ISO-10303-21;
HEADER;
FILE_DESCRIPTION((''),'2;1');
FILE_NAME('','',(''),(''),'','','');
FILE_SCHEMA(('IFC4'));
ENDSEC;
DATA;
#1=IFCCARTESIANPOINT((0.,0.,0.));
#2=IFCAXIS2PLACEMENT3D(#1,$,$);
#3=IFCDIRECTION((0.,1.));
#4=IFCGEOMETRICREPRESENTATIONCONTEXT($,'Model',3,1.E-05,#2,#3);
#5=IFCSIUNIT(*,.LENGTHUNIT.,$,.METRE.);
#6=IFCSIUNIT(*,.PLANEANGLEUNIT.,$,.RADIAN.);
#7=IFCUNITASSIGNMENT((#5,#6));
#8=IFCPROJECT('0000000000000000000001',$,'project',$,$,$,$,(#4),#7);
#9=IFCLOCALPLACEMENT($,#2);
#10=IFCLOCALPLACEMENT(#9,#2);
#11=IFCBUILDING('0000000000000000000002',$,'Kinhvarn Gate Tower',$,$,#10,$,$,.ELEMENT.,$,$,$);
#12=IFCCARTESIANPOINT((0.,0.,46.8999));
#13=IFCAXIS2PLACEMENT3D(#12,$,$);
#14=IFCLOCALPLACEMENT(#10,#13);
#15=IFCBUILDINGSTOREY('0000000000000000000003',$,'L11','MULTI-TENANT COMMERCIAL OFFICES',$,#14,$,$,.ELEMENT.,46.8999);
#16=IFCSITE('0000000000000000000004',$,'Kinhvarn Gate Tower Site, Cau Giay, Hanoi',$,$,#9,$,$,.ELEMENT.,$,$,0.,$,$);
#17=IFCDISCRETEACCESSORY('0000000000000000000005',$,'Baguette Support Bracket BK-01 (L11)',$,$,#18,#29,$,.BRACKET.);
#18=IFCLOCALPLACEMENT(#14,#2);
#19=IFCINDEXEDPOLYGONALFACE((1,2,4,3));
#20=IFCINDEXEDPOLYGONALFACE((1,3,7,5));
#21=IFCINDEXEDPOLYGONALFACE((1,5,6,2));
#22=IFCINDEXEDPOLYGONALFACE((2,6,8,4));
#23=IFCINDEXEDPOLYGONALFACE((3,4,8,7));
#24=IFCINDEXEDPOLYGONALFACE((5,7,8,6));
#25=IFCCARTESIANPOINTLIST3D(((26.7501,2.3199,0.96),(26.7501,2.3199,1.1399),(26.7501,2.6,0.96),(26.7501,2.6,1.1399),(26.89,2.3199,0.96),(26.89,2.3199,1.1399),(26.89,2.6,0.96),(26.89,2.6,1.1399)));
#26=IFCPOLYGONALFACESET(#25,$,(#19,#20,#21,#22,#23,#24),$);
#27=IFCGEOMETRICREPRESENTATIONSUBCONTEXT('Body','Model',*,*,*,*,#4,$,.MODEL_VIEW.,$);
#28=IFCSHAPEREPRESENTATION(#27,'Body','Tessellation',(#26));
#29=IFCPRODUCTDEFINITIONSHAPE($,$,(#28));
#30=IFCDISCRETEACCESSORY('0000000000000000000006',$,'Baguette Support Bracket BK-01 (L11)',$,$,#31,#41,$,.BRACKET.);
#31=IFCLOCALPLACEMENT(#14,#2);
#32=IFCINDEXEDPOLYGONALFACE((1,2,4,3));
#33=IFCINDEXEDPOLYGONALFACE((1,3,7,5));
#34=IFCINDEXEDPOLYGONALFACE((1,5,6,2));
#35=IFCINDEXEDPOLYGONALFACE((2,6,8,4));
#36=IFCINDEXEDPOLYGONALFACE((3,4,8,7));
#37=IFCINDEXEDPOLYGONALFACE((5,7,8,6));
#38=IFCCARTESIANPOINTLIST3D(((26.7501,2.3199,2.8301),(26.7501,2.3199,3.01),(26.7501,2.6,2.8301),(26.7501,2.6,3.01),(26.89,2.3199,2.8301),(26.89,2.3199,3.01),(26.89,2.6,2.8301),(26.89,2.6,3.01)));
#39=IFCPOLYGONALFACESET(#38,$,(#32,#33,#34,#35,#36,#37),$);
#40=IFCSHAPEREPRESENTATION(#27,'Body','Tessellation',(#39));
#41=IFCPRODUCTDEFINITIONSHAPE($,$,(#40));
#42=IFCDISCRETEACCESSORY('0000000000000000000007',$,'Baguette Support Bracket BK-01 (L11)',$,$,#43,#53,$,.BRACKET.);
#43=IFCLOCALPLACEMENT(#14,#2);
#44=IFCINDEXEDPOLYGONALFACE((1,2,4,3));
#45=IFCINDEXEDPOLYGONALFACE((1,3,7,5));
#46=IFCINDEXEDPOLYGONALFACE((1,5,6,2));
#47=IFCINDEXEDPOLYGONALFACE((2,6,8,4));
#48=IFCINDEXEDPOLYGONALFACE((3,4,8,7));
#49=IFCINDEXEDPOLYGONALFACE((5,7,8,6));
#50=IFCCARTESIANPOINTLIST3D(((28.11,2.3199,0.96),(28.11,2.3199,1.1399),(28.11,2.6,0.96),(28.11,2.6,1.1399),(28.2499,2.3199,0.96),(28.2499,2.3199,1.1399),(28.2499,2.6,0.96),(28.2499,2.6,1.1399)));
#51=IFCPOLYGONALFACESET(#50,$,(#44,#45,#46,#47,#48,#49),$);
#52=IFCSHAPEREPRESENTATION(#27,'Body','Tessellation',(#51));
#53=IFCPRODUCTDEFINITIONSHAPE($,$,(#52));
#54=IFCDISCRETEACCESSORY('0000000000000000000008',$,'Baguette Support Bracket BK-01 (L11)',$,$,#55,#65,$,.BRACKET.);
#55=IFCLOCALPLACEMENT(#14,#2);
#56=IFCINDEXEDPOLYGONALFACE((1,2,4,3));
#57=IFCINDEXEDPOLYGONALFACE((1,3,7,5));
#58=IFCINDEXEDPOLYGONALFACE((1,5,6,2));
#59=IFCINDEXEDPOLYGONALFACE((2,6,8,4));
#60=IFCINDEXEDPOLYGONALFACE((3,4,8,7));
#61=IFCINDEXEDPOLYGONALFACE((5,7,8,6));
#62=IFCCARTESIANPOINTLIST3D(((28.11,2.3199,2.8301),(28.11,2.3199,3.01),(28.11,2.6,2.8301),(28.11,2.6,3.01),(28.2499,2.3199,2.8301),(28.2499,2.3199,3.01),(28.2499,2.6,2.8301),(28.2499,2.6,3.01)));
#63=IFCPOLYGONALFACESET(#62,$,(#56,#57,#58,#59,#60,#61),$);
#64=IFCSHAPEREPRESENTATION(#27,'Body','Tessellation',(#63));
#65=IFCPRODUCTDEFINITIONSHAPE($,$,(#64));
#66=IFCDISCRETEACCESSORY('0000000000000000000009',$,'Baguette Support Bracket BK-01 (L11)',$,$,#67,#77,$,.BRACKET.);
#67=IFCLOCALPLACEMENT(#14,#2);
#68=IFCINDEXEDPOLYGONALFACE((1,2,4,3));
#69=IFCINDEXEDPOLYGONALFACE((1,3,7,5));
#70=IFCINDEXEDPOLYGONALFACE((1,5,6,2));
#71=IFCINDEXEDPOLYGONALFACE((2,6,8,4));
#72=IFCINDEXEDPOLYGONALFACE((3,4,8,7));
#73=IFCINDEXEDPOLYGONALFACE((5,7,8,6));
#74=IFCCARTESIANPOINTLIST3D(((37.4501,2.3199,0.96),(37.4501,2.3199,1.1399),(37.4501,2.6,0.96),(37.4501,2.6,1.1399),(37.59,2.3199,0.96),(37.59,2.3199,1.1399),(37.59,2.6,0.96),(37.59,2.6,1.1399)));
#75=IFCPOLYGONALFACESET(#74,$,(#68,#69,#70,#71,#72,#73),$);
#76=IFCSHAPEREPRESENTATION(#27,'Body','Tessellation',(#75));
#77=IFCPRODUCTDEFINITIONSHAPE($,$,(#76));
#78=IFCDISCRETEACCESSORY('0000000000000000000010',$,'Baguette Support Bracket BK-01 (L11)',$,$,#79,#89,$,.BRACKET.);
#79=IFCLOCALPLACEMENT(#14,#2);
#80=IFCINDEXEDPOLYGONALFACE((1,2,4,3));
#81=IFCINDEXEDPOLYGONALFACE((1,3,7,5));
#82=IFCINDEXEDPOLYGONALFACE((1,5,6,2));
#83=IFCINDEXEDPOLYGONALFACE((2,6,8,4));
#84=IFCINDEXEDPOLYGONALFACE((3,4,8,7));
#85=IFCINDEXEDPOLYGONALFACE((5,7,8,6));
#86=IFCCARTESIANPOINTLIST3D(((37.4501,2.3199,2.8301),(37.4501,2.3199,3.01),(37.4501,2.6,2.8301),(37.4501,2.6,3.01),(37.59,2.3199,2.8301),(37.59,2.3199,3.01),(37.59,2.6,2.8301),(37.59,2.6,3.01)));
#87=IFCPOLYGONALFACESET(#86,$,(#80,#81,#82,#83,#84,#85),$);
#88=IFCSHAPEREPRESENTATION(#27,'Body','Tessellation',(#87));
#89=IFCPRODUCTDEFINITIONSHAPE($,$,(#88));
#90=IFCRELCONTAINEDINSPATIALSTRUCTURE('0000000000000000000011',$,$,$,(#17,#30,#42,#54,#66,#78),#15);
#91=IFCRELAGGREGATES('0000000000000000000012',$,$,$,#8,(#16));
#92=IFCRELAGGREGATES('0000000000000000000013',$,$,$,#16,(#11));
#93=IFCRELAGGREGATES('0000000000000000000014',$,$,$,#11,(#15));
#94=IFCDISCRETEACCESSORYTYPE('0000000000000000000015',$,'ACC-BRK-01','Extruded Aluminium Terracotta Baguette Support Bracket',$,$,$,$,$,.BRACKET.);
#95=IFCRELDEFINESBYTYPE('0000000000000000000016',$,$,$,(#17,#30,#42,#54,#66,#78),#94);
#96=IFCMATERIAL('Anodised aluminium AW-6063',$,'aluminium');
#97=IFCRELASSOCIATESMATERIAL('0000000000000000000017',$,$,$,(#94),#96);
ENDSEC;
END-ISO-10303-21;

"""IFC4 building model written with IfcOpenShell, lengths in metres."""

from ifc_helpers import new_model, si_unit, direction, frame, origin, origin_2d, place, context, subcontext, project, spatial, rectangle, extrude, material, type_object, element, save


model = new_model("IFC4")

# Units and contexts
model_context = context("Model", 3, precision=1e-05, world=origin(), true_north=direction((0.0, 1.0)))
body_context = subcontext(model_context, "Body", "Model", "MODEL_VIEW")
ifc_project = project(units=[si_unit("LENGTHUNIT", "METRE"), si_unit("PLANEANGLEUNIT", "RADIAN")], contexts=[model_context])

# Site, building, storey
site_placement = place(None, origin())
site = spatial("IfcSite", under=ifc_project, at=site_placement, Name="Kinhvarn Gate Tower Site, Cau Giay, Hanoi", CompositionType="ELEMENT", RefElevation=0.0)
building_placement = place(site_placement, origin())
building = spatial("IfcBuilding", under=site, at=building_placement, Name="Kinhvarn Gate Tower", CompositionType="ELEMENT")
storey_placement = place(building_placement, frame((0.0, 0.0, 46.8999)))
storey = spatial("IfcBuildingStorey", under=building, at=storey_placement, Name="L11", Description="MULTI-TENANT COMMERCIAL OFFICES", CompositionType="ELEMENT", Elevation=46.8999)

# Shared definitions
ifc_material_1 = material(Name="Anodised aluminium AW-6063", Category="aluminium")

# Discrete accessories
discrete_accessory_type = type_object("IfcDiscreteAccessoryType", Name="ACC-BRK-01", Description="Extruded Aluminium Terracotta Baguette Support Bracket", PredefinedType="BRACKET", material=ifc_material_1)
for number, where, z_axis, x_axis, name in (
    (1, (26.8201, 2.46, 0.96), (0.0, 0.0, 1.0), (1.0, 0.0, 0.0), "Baguette Support Bracket BK-01 (L11)"),
    (2, (26.8201, 2.46, 2.8301), (0.0, 0.0, 1.0), (1.0, 0.0, 0.0), "Baguette Support Bracket BK-01 (L11)"),
    (3, (28.1799, 2.46, 0.96), (0.0, 0.0, 1.0), (1.0, 0.0, 0.0), "Baguette Support Bracket BK-01 (L11)"),
    (4, (28.1799, 2.46, 2.8301), (0.0, 0.0, 1.0), (1.0, 0.0, 0.0), "Baguette Support Bracket BK-01 (L11)"),
    (5, (37.52, 2.46, 0.96), (0.0, 0.0, 1.0), (1.0, 0.0, 0.0), "Baguette Support Bracket BK-01 (L11)"),
    (6, (37.52, 2.46, 2.8301), (0.0, 0.0, 1.0), (1.0, 0.0, 0.0), "Baguette Support Bracket BK-01 (L11)"),
):
    element("IfcDiscreteAccessory", number, at=place(storey_placement, frame(where, z_axis=z_axis, x_axis=x_axis)), inside=storey, type_object=discrete_accessory_type, Name=name, PredefinedType="BRACKET", context=body_context, shape_type="SweptSolid", body=[
        extrude(rectangle(XDim=0.1399, YDim=0.28, at=origin_2d()), origin(), (0.0, 0.0, 1.0), 0.1799),
    ])

save(model, "model.ifc")
